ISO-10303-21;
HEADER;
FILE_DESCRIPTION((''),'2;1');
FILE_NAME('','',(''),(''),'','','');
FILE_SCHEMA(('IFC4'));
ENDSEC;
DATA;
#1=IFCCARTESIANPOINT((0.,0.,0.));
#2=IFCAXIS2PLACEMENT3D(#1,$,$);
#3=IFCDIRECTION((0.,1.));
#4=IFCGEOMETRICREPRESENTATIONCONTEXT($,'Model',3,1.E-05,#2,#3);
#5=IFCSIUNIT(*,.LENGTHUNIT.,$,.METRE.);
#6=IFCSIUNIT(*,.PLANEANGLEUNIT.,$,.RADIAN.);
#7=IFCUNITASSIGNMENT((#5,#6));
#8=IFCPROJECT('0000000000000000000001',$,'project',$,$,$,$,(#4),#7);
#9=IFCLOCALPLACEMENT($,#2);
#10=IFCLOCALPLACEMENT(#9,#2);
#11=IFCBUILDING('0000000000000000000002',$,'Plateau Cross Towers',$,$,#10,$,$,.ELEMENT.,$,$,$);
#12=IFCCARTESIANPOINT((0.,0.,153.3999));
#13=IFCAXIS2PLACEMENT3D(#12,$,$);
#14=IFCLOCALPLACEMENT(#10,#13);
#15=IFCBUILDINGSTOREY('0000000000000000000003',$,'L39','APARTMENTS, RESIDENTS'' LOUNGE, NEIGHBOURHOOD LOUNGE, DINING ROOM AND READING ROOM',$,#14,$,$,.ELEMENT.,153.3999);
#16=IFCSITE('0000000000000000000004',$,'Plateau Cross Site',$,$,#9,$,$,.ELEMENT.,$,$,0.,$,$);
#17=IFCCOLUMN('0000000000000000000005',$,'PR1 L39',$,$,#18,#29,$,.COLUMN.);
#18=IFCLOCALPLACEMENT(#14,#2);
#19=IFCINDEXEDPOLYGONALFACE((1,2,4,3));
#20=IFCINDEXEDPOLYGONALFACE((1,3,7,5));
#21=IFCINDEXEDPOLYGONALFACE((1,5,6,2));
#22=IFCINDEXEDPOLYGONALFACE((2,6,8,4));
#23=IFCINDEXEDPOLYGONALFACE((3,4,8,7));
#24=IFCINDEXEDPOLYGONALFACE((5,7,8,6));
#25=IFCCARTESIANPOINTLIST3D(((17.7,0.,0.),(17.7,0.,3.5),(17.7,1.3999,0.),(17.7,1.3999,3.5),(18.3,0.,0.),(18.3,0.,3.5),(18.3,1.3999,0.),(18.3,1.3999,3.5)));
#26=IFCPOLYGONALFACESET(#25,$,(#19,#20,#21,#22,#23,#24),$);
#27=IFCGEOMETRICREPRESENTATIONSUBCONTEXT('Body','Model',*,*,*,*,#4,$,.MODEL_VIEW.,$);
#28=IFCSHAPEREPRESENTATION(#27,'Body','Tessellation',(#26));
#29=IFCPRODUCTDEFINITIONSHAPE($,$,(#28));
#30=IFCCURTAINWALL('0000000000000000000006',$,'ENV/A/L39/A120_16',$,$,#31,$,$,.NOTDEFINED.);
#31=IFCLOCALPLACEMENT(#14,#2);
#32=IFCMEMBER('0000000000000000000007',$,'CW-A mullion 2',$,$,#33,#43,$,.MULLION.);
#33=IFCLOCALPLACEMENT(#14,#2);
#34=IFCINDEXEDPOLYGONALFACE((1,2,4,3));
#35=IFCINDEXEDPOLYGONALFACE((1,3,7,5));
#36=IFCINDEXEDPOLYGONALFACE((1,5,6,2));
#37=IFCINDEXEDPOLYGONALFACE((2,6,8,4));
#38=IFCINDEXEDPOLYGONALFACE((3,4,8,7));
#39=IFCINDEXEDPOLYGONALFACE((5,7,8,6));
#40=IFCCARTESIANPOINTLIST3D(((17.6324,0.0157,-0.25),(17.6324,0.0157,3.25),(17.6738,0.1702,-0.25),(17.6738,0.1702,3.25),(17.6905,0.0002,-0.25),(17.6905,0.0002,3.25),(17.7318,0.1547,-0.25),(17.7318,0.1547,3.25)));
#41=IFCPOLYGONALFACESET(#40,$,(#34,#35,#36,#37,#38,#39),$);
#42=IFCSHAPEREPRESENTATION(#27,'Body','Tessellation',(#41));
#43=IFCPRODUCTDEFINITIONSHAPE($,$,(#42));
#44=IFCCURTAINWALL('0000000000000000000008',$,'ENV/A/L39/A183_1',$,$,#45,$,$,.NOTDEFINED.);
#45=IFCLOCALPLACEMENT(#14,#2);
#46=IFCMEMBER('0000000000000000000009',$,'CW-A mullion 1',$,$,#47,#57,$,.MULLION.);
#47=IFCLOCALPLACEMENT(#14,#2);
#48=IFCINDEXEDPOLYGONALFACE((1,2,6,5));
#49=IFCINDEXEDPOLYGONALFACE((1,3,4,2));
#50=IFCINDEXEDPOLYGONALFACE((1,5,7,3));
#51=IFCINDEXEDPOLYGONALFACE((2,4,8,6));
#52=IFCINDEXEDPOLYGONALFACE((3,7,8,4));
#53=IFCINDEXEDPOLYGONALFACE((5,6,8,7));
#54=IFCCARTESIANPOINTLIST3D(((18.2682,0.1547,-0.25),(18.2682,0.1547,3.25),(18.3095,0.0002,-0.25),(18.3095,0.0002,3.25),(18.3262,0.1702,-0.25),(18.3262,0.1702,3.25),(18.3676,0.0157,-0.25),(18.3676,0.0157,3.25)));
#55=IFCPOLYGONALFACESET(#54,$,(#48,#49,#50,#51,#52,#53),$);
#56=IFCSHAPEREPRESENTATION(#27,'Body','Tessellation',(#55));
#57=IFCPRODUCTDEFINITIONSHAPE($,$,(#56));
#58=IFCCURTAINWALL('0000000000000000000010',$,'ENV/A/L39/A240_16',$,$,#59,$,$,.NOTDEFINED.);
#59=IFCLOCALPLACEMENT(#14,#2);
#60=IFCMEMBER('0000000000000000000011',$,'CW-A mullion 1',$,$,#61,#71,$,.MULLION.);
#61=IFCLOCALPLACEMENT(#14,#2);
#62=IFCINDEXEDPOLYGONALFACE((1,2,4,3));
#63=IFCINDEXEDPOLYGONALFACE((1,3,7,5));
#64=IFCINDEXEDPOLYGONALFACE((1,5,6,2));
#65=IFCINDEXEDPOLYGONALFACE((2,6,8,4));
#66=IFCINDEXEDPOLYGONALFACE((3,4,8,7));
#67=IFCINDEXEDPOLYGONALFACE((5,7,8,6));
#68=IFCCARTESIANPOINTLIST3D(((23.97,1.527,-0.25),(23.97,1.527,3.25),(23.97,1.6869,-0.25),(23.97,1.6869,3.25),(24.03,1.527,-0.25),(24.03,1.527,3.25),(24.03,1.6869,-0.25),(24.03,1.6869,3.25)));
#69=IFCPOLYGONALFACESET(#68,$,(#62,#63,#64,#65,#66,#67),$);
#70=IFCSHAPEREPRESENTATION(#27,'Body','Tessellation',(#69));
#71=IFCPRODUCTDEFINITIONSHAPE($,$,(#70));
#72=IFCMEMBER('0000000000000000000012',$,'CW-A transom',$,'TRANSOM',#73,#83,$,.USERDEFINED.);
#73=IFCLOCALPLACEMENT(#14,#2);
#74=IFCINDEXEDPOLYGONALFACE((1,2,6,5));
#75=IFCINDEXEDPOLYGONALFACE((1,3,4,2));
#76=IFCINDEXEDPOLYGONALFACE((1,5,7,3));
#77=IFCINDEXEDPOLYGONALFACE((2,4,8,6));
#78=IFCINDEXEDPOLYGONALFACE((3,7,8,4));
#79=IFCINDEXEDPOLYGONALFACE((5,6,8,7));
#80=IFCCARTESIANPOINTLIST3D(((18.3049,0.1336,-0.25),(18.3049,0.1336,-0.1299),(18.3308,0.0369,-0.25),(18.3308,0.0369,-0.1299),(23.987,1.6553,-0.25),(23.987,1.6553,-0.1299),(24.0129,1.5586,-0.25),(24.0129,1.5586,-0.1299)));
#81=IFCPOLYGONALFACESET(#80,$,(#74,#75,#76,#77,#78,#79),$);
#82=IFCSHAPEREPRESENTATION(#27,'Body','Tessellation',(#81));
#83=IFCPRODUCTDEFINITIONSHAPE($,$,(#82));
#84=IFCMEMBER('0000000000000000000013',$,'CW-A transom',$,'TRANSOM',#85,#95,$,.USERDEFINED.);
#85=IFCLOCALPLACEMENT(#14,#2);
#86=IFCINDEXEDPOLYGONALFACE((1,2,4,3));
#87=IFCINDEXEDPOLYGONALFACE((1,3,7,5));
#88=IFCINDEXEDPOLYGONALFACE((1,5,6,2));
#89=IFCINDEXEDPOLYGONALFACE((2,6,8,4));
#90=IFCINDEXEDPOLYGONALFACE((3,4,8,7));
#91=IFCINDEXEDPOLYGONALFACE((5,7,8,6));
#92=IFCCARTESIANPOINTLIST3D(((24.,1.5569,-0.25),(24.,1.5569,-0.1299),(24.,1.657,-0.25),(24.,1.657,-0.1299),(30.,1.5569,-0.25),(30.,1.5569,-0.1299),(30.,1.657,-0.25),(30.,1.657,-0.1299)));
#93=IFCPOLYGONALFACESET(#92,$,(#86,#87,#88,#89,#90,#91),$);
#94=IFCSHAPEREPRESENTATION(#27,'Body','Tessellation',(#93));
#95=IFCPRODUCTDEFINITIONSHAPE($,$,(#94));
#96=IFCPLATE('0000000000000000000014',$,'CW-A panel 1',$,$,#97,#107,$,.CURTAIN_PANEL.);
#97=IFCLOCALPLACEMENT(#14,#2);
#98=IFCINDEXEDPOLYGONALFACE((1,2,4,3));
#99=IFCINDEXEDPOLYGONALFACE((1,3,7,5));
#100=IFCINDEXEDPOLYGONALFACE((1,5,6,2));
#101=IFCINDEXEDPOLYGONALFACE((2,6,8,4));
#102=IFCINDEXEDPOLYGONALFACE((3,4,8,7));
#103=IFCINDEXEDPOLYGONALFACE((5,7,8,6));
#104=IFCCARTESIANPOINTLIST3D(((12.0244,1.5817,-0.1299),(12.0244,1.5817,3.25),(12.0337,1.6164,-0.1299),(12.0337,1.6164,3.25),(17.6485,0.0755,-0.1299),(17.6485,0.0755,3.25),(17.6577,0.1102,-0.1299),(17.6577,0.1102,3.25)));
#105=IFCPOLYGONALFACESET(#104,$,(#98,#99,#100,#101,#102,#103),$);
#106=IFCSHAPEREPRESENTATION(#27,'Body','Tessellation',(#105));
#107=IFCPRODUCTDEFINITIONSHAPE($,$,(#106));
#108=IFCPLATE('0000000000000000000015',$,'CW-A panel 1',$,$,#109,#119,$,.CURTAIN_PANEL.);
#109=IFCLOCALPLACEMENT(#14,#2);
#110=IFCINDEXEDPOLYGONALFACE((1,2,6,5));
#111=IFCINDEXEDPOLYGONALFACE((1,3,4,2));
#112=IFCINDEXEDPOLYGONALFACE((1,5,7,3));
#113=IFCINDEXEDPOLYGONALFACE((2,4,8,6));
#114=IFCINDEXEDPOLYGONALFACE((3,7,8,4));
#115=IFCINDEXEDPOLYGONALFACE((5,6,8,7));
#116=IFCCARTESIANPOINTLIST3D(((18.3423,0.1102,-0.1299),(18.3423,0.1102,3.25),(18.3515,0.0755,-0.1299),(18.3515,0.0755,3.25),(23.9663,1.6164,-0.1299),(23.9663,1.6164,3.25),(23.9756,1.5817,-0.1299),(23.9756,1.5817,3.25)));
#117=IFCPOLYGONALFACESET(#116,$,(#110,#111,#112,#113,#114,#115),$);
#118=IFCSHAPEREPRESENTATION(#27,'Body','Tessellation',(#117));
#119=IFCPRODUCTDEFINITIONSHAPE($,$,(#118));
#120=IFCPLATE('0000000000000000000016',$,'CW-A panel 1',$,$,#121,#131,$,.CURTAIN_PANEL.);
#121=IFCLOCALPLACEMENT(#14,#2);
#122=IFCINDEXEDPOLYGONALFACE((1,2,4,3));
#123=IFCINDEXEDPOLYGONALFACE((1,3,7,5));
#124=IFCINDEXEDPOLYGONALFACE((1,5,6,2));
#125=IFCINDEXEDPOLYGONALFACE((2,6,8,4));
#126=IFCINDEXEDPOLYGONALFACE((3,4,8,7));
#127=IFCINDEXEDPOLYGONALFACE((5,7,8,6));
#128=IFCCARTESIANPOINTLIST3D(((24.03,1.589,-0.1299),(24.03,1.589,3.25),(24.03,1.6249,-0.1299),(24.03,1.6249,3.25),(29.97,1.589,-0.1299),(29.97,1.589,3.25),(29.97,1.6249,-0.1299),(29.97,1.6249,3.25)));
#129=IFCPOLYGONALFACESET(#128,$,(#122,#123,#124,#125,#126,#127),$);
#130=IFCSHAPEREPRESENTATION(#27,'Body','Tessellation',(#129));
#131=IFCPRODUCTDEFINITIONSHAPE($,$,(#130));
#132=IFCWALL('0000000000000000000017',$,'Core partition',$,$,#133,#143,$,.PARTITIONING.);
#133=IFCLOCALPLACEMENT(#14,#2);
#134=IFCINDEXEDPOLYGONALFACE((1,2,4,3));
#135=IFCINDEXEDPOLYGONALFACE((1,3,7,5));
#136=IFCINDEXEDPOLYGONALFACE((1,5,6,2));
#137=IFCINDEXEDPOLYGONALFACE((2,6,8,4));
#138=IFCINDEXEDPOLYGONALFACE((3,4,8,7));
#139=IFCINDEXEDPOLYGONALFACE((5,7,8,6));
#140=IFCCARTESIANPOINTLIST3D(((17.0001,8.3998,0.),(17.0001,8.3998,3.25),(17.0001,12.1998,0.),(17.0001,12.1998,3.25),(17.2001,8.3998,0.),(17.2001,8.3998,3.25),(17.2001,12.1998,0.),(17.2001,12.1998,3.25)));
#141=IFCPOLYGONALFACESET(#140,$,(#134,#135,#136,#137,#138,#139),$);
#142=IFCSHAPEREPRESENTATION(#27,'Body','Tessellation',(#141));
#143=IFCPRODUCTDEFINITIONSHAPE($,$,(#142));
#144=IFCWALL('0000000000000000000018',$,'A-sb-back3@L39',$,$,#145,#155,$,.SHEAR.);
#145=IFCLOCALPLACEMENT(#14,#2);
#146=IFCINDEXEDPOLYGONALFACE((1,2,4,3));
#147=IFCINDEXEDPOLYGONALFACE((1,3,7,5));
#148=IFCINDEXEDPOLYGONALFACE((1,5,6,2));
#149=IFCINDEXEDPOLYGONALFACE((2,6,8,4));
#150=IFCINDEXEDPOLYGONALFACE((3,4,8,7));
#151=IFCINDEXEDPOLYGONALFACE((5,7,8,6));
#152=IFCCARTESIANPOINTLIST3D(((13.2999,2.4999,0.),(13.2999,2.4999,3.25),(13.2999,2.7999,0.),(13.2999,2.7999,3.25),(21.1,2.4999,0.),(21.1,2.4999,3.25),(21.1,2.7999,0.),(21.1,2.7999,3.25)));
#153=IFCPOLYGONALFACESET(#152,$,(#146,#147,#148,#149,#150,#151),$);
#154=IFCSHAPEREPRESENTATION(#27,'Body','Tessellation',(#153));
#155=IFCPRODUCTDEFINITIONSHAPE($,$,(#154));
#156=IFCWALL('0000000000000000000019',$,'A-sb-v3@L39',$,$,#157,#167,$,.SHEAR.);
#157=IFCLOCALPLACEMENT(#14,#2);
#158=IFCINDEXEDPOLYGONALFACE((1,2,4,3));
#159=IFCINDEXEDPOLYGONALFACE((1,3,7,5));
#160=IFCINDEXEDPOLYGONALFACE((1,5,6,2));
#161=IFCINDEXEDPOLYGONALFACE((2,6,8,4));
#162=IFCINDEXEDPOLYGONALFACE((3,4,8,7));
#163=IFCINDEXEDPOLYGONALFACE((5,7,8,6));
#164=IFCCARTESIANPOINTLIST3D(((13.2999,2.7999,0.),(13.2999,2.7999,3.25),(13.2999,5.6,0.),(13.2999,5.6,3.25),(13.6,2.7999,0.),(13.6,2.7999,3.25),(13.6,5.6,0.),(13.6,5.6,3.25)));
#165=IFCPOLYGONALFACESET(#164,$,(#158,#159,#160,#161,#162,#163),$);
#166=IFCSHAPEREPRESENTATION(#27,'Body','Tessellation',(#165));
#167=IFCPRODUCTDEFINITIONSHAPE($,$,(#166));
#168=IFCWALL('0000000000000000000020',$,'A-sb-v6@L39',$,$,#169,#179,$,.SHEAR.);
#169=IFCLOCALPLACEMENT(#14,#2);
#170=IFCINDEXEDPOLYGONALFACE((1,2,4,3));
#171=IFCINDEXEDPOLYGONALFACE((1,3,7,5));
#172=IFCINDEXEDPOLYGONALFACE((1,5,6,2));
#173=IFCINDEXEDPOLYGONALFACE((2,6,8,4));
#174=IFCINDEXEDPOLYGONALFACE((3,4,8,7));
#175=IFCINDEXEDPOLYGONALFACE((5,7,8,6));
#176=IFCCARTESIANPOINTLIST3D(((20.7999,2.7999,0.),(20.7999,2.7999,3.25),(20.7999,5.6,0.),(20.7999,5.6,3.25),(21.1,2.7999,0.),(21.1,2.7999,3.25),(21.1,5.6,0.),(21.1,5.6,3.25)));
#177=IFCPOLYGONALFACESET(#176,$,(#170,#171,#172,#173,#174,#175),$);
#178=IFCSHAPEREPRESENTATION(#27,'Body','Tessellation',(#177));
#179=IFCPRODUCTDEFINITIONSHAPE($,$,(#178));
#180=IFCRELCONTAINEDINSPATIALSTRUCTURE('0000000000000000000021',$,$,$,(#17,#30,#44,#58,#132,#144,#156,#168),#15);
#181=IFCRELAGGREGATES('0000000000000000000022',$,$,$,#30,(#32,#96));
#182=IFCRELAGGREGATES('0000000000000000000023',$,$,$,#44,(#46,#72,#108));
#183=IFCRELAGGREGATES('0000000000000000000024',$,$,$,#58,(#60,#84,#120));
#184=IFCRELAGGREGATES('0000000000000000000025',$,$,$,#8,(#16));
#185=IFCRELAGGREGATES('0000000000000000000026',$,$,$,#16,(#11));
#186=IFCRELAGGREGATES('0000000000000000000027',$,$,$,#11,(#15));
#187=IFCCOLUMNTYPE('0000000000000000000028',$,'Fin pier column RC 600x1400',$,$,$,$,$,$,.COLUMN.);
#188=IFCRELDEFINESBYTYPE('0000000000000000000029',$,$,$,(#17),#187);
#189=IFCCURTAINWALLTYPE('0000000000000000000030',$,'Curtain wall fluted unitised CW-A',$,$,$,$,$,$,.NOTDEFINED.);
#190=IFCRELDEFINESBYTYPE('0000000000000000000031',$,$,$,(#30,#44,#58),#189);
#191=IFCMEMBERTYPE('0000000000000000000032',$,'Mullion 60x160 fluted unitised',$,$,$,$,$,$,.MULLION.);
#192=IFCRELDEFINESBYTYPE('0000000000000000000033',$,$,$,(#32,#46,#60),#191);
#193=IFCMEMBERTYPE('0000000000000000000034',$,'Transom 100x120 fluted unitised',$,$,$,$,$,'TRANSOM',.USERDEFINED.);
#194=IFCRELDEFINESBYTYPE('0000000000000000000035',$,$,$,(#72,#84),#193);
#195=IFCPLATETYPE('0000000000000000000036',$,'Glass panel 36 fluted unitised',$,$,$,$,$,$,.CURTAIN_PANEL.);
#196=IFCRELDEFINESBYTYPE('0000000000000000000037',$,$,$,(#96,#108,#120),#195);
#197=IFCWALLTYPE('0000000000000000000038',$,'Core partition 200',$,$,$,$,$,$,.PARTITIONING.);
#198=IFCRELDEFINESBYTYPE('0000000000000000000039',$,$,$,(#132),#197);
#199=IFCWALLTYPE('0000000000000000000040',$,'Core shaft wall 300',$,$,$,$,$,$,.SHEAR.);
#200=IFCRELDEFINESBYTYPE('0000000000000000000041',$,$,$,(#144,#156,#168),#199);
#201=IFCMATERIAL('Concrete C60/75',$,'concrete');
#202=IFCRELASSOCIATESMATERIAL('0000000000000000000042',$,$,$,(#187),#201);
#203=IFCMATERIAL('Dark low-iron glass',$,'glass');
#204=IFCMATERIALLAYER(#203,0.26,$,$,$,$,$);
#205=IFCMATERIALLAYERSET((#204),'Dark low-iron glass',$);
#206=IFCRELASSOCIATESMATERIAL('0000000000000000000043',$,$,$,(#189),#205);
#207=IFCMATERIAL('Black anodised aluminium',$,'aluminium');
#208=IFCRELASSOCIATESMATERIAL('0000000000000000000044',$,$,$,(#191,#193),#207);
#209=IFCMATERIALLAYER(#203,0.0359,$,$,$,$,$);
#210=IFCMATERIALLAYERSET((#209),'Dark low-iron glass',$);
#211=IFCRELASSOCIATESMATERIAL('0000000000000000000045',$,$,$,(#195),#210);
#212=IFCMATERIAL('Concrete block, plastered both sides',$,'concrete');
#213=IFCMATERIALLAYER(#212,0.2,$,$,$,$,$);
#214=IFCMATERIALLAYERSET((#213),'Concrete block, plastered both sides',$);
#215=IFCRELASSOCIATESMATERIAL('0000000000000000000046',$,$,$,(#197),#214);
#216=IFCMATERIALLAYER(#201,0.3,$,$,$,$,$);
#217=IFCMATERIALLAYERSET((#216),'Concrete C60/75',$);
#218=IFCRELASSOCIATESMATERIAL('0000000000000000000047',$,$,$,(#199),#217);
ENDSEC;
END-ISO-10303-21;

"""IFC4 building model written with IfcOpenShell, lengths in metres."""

from ifc_helpers import new_model, si_unit, direction, frame, frame_2d, origin, origin_2d, place, context, subcontext, project, spatial, rectangle, extrude, material, layer, layer_set, material_profile, profile_set, type_object, element, aggregate, save


model = new_model("IFC4")

# Units and contexts
model_context = context("Model", 3, precision=1e-05, world=origin(), true_north=direction((0.0, 1.0)))
body_context = subcontext(model_context, "Body", "Model", "MODEL_VIEW")
ifc_project = project(units=[si_unit("LENGTHUNIT", "METRE"), si_unit("PLANEANGLEUNIT", "RADIAN")], contexts=[model_context])

# Site, building, storey
site_placement = place(None, origin())
site = spatial("IfcSite", under=ifc_project, at=site_placement, Name="Plateau Cross Site", CompositionType="ELEMENT", RefElevation=0.0)
building_placement = place(site_placement, origin())
building = spatial("IfcBuilding", under=site, at=building_placement, Name="Plateau Cross Towers", CompositionType="ELEMENT")
storey_placement = place(building_placement, frame((0.0, 0.0, 153.3999)))
storey = spatial("IfcBuildingStorey", under=building, at=storey_placement, Name="L39", Description="APARTMENTS, RESIDENTS' LOUNGE, NEIGHBOURHOOD LOUNGE, DINING ROOM AND READING ROOM", CompositionType="ELEMENT", Elevation=153.3999)

# Column
ifc_material_1 = material(Name="Concrete C60/75", Category="concrete")
ifc_material_profile_1 = material_profile(ifc_material_1, rectangle(XDim=0.6001, YDim=1.3999, at=origin_2d()), Name="RC 600x1400")
ifc_profile_set_1 = profile_set([ifc_material_profile_1], Name="Concrete C60/75")
column_type = type_object("IfcColumnType", Name="Fin pier column RC 600x1400", PredefinedType="COLUMN", material=ifc_profile_set_1)
column_placement = place(storey_placement, frame((18.0, 0.7, 0.0), z_axis=(0.0, 0.0, 1.0), x_axis=(1.0, 0.0, 0.0)))
element("IfcColumn", 1, at=column_placement, inside=storey, type_object=column_type, Name="PR1 L39", PredefinedType="COLUMN", context=body_context, shape_type="SweptSolid", body=[
    extrude(rectangle(XDim=0.6001, YDim=1.3999, at=origin_2d()), origin(), (0.0, 0.0, 1.0), 3.5),
])

# Curtain walls, members
ifc_material_2 = material(Name="Dark low-iron glass", Category="glass")
ifc_layer_1 = layer(ifc_material_2, 0.26)
ifc_layer_set_1 = layer_set([ifc_layer_1], Name="Dark low-iron glass")
curtain_wall_type = type_object("IfcCurtainWallType", Name="Curtain wall fluted unitised CW-A", PredefinedType="NOTDEFINED", material=ifc_layer_set_1)
curtain_wall_1_placement = place(storey_placement, origin())
curtain_wall_1 = element("IfcCurtainWall", 2, at=curtain_wall_1_placement, inside=storey, type_object=curtain_wall_type, Name="ENV/A/L39/A120_16", PredefinedType="NOTDEFINED")
ifc_material_3 = material(Name="Black anodised aluminium", Category="aluminium")
ifc_material_profile_2 = material_profile(ifc_material_3, rectangle(XDim=0.0601, YDim=0.1599, at=origin_2d()), Name="MULLION 60x160")
ifc_profile_set_2 = profile_set([ifc_material_profile_2], Name="Black anodised aluminium")
member_type_1 = type_object("IfcMemberType", Name="Mullion 60x160 fluted unitised", PredefinedType="MULLION", material=ifc_profile_set_2)
member_1_placement = place(storey_placement, frame((17.6821, 0.0852, -0.25), z_axis=(0.0, 0.0, 1.0), x_axis=(0.965958, -0.258699, 0.0)))
member_1 = element("IfcMember", 3, at=member_1_placement, type_object=member_type_1, Name="CW-A mullion 2", PredefinedType="MULLION", context=body_context, shape_type="SweptSolid", body=[
    extrude(rectangle(XDim=0.0601, YDim=0.1599, at=origin_2d()), origin(), (0.0, 0.0, 1.0), 3.5),
])
curtain_wall_2_placement = place(storey_placement, origin())
curtain_wall_2 = element("IfcCurtainWall", 4, at=curtain_wall_2_placement, inside=storey, type_object=curtain_wall_type, Name="ENV/A/L39/A183_1", PredefinedType="NOTDEFINED")
member_2_placement = place(storey_placement, frame((18.3179, 0.0852, -0.25), z_axis=(0.0, 0.0, 1.0), x_axis=(0.965958, 0.258699, 0.0)))
member_2 = element("IfcMember", 5, at=member_2_placement, type_object=member_type_1, Name="CW-A mullion 1", PredefinedType="MULLION", context=body_context, shape_type="SweptSolid", body=[
    extrude(rectangle(XDim=0.0601, YDim=0.1599, at=origin_2d()), origin(), (0.0, 0.0, 1.0), 3.5),
])
curtain_wall_3_placement = place(storey_placement, origin())
curtain_wall_3 = element("IfcCurtainWall", 6, at=curtain_wall_3_placement, inside=storey, type_object=curtain_wall_type, Name="ENV/A/L39/A240_16", PredefinedType="NOTDEFINED")
member_3_placement = place(storey_placement, frame((24.0, 1.6069, -0.25), z_axis=(0.0, 0.0, 1.0), x_axis=(1.0, 0.0, 0.0)))
member_3 = element("IfcMember", 7, at=member_3_placement, type_object=member_type_1, Name="CW-A mullion 1", PredefinedType="MULLION", context=body_context, shape_type="SweptSolid", body=[
    extrude(rectangle(XDim=0.0601, YDim=0.1599, at=origin_2d()), origin(), (0.0, 0.0, 1.0), 3.5),
])

# Members
ifc_material_profile_3 = material_profile(ifc_material_3, rectangle(XDim=0.1001, YDim=0.1201, at=origin_2d()), Name="TRANSOM 100x120")
ifc_profile_set_3 = profile_set([ifc_material_profile_3], Name="Black anodised aluminium")
member_type_2 = type_object("IfcMemberType", Name="Transom 100x120 fluted unitised", ElementType="TRANSOM", PredefinedType="USERDEFINED", material=ifc_profile_set_3)
member_4_placement = place(storey_placement, frame((18.3179, 0.0852, -0.1899), z_axis=(0.96596, 0.258693, 0.0), x_axis=(-0.258693, 0.96596, 0.0)))
member_4 = element("IfcMember", 8, at=member_4_placement, type_object=member_type_2, Name="CW-A transom", ObjectType="TRANSOM", PredefinedType="USERDEFINED", context=body_context, shape_type="SweptSolid", body=[
    extrude(rectangle(XDim=0.1001, YDim=0.1201, at=origin_2d()), origin(), (0.0, 0.0, 1.0), 5.8823),
])
member_5_placement = place(storey_placement, frame((24.0, 1.6069, -0.1899), z_axis=(1.0, 0.0, 0.0), x_axis=(0.0, 1.0, 0.0)))
member_5 = element("IfcMember", 9, at=member_5_placement, type_object=member_type_2, Name="CW-A transom", ObjectType="TRANSOM", PredefinedType="USERDEFINED", context=body_context, shape_type="SweptSolid", body=[
    extrude(rectangle(XDim=0.1001, YDim=0.1201, at=origin_2d()), origin(), (0.0, 0.0, 1.0), 6.0),
])

# Plates
ifc_layer_2 = layer(ifc_material_2, 0.0359)
ifc_layer_set_2 = layer_set([ifc_layer_2], Name="Dark low-iron glass")
plate_type = type_object("IfcPlateType", Name="Glass panel 36 fluted unitised", PredefinedType="CURTAIN_PANEL", material=ifc_layer_set_2)
plate_1_placement = place(storey_placement, frame((14.8411, 0.8459, -0.1299), z_axis=(0.0, 0.0, 1.0), x_axis=(0.965958, -0.258699, 0.0)))
plate_1 = element("IfcPlate", 10, at=plate_1_placement, type_object=plate_type, Name="CW-A panel 1", PredefinedType="CURTAIN_PANEL", context=body_context, shape_type="SweptSolid", body=[
    extrude(rectangle(XDim=5.8223, YDim=0.0359, at=origin_2d()), origin(), (0.0, 0.0, 1.0), 3.3799),
])
aggregate(curtain_wall_1, [member_1, plate_1])
plate_2_placement = place(storey_placement, frame((21.1589, 0.8459, -0.1299), z_axis=(0.0, 0.0, 1.0), x_axis=(0.965958, 0.258699, 0.0)))
plate_2 = element("IfcPlate", 11, at=plate_2_placement, type_object=plate_type, Name="CW-A panel 1", PredefinedType="CURTAIN_PANEL", context=body_context, shape_type="SweptSolid", body=[
    extrude(rectangle(XDim=5.8223, YDim=0.0359, at=origin_2d()), origin(), (0.0, 0.0, 1.0), 3.3799),
])
aggregate(curtain_wall_2, [member_2, member_4, plate_2])
plate_3_placement = place(storey_placement, frame((27.0, 1.6069, -0.1299), z_axis=(0.0, 0.0, 1.0), x_axis=(1.0, 0.0, 0.0)))
plate_3 = element("IfcPlate", 12, at=plate_3_placement, type_object=plate_type, Name="CW-A panel 1", PredefinedType="CURTAIN_PANEL", context=body_context, shape_type="SweptSolid", body=[
    extrude(rectangle(XDim=5.9399, YDim=0.0359, at=origin_2d()), origin(), (0.0, 0.0, 1.0), 3.3799),
])
aggregate(curtain_wall_3, [member_3, member_5, plate_3])

# Walls
ifc_material_4 = material(Name="Concrete block, plastered both sides", Category="concrete")
ifc_layer_3 = layer(ifc_material_4, 0.2)
ifc_layer_set_3 = layer_set([ifc_layer_3], Name="Concrete block, plastered both sides")
wall_type_1 = type_object("IfcWallType", Name="Core partition 200", PredefinedType="PARTITIONING", material=ifc_layer_set_3)
wall_1_placement = place(storey_placement, frame((17.1001, 8.3999, 0.0), z_axis=(0.0, 0.0, 1.0), x_axis=(0.0, 1.0, 0.0)))
element("IfcWall", 13, at=wall_1_placement, inside=storey, type_object=wall_type_1, Name="Core partition", PredefinedType="PARTITIONING", context=body_context, shape_type="SweptSolid", body=[
    extrude(rectangle(XDim=3.8, YDim=0.2, at=frame_2d((1.8999, 0.0))), origin(), (0.0, 0.0, 1.0), 3.25),
])
ifc_layer_4 = layer(ifc_material_1, 0.3)
ifc_layer_set_4 = layer_set([ifc_layer_4], Name="Concrete C60/75")
wall_type_2 = type_object("IfcWallType", Name="Core shaft wall 300", PredefinedType="SHEAR", material=ifc_layer_set_4)
wall_2_placement = place(storey_placement, frame((13.3, 2.6499, 0.0), z_axis=(0.0, 0.0, 1.0), x_axis=(1.0, 0.0, 0.0)))
element("IfcWall", 14, at=wall_2_placement, inside=storey, type_object=wall_type_2, Name="A-sb-back3@L39", PredefinedType="SHEAR", context=body_context, shape_type="SweptSolid", body=[
    extrude(rectangle(XDim=7.8, YDim=0.3, at=frame_2d((3.8999, 0.0))), origin(), (0.0, 0.0, 1.0), 3.25),
])
for number, where, z_axis, x_axis, name in (
    (15, (13.45, 2.8, 0.0), (0.0, 0.0, 1.0), (0.0, 1.0, 0.0), "A-sb-v3@L39"),
    (16, (20.95, 2.8, 0.0), (0.0, 0.0, 1.0), (0.0, 1.0, 0.0), "A-sb-v6@L39"),
):
    element("IfcWall", number, at=place(storey_placement, frame(where, z_axis=z_axis, x_axis=x_axis)), inside=storey, type_object=wall_type_2, Name=name, PredefinedType="SHEAR", context=body_context, shape_type="SweptSolid", body=[
        extrude(rectangle(XDim=2.8, YDim=0.3, at=frame_2d((1.3999, 0.0))), origin(), (0.0, 0.0, 1.0), 3.25),
    ])

save(model, "model.ifc")
